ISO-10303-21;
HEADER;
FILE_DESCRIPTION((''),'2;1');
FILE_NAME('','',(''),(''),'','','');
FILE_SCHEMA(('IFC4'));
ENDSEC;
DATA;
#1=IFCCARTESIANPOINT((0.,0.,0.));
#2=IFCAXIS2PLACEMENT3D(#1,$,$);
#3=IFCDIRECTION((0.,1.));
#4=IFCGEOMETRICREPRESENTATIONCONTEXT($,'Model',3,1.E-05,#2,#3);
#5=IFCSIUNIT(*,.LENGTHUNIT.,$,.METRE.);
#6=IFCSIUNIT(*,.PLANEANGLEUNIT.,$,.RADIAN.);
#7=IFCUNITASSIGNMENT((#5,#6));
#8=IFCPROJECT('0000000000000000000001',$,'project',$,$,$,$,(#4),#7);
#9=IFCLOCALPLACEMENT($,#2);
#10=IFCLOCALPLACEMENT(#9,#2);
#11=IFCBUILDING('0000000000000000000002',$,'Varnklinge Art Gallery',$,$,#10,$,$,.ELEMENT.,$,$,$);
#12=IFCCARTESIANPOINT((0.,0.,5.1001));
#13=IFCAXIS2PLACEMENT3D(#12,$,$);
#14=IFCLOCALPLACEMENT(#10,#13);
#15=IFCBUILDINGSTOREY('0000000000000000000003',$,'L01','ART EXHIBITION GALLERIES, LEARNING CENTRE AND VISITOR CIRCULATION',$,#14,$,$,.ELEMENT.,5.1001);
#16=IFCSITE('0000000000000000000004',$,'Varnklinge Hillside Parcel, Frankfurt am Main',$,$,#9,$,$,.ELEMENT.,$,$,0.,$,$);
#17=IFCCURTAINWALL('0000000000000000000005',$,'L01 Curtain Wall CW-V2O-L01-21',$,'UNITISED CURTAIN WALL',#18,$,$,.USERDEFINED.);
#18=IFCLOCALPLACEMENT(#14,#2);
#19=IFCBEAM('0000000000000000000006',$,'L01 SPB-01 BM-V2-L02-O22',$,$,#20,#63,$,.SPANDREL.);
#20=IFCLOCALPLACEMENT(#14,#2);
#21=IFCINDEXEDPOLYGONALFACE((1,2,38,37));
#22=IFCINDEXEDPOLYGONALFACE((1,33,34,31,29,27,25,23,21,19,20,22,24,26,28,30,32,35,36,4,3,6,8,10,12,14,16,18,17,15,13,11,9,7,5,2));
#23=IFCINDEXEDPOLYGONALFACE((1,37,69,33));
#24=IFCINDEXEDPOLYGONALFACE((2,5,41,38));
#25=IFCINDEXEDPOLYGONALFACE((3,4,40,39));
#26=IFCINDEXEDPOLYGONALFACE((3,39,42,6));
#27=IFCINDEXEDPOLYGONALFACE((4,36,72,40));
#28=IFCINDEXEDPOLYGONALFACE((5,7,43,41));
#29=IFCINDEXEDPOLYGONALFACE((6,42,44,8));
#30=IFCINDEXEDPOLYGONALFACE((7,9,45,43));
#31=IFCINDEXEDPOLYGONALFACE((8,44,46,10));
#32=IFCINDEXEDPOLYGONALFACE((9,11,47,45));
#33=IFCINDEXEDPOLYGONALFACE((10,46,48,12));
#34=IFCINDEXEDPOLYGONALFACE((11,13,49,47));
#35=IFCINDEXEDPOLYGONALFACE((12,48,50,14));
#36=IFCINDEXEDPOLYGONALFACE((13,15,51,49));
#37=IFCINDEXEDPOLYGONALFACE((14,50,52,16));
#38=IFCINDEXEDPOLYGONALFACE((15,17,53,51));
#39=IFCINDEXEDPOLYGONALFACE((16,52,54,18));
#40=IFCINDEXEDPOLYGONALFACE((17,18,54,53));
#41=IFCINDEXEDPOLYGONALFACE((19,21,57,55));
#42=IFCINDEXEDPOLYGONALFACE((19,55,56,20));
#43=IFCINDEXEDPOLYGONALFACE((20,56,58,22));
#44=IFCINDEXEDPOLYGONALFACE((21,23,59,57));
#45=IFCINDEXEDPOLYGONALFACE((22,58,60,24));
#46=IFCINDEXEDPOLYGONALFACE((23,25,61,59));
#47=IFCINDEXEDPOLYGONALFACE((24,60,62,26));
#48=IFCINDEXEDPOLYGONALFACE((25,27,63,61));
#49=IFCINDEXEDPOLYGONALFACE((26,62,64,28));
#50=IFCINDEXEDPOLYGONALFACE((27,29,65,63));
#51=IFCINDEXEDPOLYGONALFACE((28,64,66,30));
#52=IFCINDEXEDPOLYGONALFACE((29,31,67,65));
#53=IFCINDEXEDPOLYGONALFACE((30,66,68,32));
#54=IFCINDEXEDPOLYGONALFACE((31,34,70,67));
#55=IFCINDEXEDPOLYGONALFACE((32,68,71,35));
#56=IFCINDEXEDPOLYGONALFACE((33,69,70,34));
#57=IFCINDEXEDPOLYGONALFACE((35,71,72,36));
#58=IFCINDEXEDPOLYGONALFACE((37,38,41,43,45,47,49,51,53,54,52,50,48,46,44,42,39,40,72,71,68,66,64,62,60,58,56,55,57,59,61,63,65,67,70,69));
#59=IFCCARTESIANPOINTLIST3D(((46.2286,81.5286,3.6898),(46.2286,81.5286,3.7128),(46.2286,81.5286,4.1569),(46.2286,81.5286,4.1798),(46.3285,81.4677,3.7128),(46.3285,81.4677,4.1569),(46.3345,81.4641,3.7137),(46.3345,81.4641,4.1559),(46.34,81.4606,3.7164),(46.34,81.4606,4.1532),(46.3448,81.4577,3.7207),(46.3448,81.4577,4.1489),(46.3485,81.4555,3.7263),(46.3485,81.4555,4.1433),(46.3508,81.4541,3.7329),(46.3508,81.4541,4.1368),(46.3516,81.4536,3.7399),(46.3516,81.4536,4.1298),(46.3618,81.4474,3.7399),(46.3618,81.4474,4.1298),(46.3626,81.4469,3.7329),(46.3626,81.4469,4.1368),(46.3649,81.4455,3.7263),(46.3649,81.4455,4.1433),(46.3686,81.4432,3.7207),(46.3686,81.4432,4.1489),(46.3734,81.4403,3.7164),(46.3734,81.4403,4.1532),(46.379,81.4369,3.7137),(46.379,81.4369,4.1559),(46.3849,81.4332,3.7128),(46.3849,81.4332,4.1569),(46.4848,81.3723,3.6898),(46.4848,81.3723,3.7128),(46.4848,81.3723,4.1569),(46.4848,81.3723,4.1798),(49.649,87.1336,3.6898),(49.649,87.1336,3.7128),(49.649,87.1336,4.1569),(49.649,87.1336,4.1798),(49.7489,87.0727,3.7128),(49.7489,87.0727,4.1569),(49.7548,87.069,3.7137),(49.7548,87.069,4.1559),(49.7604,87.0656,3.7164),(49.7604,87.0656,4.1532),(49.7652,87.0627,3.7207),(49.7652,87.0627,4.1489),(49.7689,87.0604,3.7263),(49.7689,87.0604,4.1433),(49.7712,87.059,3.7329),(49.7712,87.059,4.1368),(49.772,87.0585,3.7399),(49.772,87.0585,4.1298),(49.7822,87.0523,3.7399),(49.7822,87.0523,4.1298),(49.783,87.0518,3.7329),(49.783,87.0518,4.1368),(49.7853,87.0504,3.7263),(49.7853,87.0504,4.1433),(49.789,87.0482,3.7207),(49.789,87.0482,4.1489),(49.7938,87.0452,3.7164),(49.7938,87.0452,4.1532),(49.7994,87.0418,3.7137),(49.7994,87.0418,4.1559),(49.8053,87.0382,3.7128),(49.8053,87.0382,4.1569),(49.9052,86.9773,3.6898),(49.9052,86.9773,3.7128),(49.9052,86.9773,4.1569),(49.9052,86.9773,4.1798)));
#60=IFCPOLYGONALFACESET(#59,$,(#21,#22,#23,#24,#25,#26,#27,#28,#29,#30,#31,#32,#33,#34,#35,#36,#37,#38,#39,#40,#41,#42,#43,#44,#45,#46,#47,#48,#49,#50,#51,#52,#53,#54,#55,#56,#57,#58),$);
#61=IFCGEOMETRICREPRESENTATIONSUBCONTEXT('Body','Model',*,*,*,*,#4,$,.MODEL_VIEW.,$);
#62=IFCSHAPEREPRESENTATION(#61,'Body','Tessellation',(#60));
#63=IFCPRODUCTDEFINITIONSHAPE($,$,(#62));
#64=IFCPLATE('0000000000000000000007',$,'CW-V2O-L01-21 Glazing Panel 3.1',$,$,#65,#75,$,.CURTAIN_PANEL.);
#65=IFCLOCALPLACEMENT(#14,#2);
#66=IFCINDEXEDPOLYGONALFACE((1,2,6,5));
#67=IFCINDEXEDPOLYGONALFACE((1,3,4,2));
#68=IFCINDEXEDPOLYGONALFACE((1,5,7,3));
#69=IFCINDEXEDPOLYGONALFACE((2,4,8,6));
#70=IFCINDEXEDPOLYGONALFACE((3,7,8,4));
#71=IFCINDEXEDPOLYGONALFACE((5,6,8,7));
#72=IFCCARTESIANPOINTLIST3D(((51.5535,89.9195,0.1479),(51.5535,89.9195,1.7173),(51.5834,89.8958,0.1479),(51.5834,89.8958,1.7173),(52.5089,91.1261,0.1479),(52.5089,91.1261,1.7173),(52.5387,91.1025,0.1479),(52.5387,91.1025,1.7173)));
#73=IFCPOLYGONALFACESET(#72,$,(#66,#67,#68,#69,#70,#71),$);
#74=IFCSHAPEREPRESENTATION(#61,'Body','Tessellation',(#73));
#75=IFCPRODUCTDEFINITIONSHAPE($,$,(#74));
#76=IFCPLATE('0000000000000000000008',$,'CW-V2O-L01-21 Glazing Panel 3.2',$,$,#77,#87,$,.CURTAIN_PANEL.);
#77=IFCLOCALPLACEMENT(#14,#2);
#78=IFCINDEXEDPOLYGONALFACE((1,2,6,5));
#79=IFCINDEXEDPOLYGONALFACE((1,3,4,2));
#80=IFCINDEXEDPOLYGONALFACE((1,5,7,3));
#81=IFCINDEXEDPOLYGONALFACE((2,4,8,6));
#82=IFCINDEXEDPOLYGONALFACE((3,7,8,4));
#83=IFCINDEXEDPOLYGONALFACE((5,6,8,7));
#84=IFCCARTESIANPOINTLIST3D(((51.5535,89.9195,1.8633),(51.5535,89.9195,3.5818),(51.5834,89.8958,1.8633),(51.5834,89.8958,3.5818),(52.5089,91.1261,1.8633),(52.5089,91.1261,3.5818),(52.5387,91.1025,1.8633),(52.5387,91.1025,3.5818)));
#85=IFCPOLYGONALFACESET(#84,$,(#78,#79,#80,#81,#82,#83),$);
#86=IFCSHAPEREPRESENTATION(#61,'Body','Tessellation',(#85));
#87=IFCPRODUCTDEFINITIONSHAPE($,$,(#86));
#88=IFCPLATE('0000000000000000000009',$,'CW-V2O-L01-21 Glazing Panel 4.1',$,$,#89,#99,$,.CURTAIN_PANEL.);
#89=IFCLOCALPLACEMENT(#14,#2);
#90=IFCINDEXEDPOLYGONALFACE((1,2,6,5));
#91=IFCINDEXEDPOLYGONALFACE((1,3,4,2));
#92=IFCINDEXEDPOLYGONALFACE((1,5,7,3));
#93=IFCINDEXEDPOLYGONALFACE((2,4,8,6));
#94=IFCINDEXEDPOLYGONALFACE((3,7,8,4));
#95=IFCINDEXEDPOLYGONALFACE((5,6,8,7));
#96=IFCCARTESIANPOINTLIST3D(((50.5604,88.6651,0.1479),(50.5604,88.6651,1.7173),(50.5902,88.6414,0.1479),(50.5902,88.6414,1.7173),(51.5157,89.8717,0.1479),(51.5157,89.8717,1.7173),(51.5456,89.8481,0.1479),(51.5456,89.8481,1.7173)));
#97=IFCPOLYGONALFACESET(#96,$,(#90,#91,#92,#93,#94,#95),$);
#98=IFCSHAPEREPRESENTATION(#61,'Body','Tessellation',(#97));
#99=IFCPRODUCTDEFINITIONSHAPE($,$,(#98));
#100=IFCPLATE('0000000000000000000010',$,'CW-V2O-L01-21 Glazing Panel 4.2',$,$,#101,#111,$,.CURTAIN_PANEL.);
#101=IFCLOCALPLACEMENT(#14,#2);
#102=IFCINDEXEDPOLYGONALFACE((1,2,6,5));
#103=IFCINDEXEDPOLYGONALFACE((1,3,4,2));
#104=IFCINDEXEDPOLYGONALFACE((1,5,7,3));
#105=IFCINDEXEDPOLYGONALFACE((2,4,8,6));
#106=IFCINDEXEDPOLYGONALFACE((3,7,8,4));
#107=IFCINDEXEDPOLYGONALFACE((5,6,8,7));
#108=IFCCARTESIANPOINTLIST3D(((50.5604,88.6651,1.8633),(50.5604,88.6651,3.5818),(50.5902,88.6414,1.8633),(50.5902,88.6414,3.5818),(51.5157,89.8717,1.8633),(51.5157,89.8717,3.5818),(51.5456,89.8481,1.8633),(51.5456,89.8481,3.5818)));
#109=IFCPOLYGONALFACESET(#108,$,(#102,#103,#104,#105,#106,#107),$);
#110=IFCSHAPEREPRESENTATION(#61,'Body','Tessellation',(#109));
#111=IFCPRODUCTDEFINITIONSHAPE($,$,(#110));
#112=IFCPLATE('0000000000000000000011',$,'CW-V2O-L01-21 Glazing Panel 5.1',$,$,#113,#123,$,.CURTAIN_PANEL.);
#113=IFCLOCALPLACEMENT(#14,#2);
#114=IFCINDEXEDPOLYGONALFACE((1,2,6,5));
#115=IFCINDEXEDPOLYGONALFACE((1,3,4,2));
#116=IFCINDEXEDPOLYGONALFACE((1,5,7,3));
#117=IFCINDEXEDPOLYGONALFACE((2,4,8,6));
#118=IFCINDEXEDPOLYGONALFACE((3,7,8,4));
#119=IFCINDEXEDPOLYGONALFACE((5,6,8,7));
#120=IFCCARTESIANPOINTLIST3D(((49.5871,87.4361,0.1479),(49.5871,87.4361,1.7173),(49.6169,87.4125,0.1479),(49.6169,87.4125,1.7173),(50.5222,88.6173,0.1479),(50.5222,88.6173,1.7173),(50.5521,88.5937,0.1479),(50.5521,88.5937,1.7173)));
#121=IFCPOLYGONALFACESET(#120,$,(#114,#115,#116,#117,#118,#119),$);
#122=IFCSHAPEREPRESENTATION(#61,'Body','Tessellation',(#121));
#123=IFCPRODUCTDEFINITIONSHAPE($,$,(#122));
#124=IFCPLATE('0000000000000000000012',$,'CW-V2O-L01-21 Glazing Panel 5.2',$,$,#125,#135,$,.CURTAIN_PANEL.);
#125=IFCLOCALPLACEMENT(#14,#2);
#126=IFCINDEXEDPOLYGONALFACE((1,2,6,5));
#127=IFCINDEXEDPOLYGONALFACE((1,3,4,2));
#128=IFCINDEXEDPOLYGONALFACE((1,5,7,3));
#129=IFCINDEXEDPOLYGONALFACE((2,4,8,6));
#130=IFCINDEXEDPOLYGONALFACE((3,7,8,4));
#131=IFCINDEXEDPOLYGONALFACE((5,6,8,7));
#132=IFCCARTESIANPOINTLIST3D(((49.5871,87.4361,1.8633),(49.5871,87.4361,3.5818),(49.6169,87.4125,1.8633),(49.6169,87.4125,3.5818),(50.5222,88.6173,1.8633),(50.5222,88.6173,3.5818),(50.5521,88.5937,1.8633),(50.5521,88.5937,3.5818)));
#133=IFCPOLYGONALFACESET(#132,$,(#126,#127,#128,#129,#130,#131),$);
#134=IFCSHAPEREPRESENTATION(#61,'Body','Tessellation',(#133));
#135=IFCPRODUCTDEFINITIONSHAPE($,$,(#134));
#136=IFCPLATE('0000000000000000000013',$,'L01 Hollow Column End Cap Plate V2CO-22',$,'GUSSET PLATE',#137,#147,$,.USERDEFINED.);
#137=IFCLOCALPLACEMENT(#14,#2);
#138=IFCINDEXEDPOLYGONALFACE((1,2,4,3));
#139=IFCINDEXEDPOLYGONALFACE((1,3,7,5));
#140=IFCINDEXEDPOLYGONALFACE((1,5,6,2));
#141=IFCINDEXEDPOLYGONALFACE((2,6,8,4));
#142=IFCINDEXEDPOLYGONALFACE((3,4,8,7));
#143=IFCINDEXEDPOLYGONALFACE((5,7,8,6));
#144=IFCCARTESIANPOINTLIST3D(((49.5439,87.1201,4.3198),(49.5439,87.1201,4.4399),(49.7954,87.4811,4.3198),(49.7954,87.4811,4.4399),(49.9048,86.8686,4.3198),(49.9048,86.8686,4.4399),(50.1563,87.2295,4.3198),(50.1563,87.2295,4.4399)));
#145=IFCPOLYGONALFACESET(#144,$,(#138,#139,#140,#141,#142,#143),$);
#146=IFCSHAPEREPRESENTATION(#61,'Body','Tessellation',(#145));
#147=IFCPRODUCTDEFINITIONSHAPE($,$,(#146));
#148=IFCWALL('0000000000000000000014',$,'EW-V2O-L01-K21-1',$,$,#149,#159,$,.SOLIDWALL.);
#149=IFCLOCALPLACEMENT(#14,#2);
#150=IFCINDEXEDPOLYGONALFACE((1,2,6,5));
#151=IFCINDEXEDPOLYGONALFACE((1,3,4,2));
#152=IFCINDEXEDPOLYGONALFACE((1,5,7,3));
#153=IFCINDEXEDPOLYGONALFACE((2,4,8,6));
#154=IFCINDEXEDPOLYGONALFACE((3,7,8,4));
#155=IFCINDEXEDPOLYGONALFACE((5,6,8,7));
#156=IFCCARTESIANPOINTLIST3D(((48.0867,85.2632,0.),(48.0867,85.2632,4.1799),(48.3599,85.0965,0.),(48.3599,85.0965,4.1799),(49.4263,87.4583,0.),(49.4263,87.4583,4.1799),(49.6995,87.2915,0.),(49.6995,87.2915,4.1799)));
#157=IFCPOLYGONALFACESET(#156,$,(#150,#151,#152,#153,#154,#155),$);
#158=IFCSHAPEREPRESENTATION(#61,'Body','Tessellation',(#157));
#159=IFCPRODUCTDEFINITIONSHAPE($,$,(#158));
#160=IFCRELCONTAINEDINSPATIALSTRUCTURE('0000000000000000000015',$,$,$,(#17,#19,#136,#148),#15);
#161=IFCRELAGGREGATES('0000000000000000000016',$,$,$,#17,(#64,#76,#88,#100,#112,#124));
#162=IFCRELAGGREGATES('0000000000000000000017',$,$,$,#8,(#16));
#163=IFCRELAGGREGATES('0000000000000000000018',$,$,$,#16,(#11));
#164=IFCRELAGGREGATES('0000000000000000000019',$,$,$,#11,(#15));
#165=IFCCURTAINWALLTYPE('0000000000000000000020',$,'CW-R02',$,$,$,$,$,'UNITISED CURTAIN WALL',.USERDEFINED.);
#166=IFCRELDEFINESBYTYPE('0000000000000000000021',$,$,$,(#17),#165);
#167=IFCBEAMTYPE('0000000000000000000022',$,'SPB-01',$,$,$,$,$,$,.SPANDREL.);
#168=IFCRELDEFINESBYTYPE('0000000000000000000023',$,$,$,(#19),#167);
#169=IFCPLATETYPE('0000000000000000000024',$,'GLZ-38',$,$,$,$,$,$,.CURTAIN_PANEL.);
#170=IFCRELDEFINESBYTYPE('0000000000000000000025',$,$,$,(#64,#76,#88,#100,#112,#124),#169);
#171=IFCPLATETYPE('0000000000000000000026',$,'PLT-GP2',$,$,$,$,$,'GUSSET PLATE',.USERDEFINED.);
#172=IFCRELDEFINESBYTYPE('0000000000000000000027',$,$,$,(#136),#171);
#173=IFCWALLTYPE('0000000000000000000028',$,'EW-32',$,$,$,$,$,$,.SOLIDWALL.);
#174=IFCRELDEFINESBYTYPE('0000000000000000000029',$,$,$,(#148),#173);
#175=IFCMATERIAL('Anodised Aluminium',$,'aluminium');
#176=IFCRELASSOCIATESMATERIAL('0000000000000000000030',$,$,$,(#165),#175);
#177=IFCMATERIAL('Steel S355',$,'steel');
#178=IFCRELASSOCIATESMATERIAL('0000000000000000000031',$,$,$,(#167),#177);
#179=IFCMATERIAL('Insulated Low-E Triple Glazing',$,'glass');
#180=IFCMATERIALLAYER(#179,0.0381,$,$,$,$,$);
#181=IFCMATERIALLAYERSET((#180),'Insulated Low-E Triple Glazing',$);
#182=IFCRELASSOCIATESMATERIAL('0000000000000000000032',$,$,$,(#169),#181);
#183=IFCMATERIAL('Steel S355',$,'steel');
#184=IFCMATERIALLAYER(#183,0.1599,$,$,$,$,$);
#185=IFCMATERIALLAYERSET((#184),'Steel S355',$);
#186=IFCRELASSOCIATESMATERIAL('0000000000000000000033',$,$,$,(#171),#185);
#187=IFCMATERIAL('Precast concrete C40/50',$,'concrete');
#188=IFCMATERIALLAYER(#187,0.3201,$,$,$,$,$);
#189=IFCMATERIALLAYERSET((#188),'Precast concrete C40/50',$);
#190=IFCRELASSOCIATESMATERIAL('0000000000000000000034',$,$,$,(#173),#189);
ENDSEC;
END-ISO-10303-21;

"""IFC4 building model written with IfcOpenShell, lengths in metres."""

from ifc_helpers import new_model, si_unit, direction, frame, frame_2d, origin, origin_2d, place, context, subcontext, project, spatial, rectangle, i_section, extrude, material, layer, layer_set, material_profile, profile_set, type_object, element, aggregate, save


model = new_model("IFC4")

# Units and contexts
model_context = context("Model", 3, precision=1e-05, world=origin(), true_north=direction((0.0, 1.0)))
body_context = subcontext(model_context, "Body", "Model", "MODEL_VIEW")
ifc_project = project(units=[si_unit("LENGTHUNIT", "METRE"), si_unit("PLANEANGLEUNIT", "RADIAN")], contexts=[model_context])

# Site, building, storey
site_placement = place(None, origin())
site = spatial("IfcSite", under=ifc_project, at=site_placement, Name="Varnklinge Hillside Parcel, Frankfurt am Main", CompositionType="ELEMENT", RefElevation=0.0)
building_placement = place(site_placement, origin())
building = spatial("IfcBuilding", under=site, at=building_placement, Name="Varnklinge Art Gallery", CompositionType="ELEMENT")
storey_placement = place(building_placement, frame((0.0, 0.0, 5.1001)))
storey = spatial("IfcBuildingStorey", under=building, at=storey_placement, Name="L01", Description="ART EXHIBITION GALLERIES, LEARNING CENTRE AND VISITOR CIRCULATION", CompositionType="ELEMENT", Elevation=5.1001)

# Curtain wall
ifc_material_1 = material(Name="Anodised Aluminium", Category="aluminium")
curtain_wall_type = type_object("IfcCurtainWallType", Name="CW-R02", ElementType="UNITISED CURTAIN WALL", PredefinedType="USERDEFINED", material=ifc_material_1)
curtain_wall_placement = place(storey_placement, origin())
curtain_wall = element("IfcCurtainWall", 1, at=curtain_wall_placement, inside=storey, type_object=curtain_wall_type, Name="L01 Curtain Wall CW-V2O-L01-21", ObjectType="UNITISED CURTAIN WALL", PredefinedType="USERDEFINED")

# Beam
ifc_material_2 = material(Name="Steel S355", Category="steel")
ifc_material_profile_1 = material_profile(ifc_material_2, i_section(OverallWidth=0.3, OverallDepth=0.49, WebThickness=0.012, FlangeThickness=0.0229, FilletRadius=0.0271, at=origin_2d()), Name="HEA 500")
ifc_profile_set_1 = profile_set([ifc_material_profile_1], Name="Steel S355")
beam_type_1 = type_object("IfcBeamType", Name="SPB-01", PredefinedType="SPANDREL", material=ifc_profile_set_1)
beam_1_placement = place(storey_placement, frame((49.7771, 87.0554, 3.9348), z_axis=(-0.520911, -0.853611, 0.0), x_axis=(0.853611, -0.520911, 0.0)))
element("IfcBeam", 2, at=beam_1_placement, inside=storey, type_object=beam_type_1, Name="L01 SPB-01 BM-V2-L02-O22", PredefinedType="SPANDREL", context=body_context, shape_type="SweptSolid", body=[
    extrude(i_section(OverallWidth=0.3, OverallDepth=0.49, WebThickness=0.012, FlangeThickness=0.0229, FilletRadius=0.0271, at=origin_2d()), origin(), (0.0, 0.0, 1.0), 6.5662),
])

# Plates
ifc_material_3 = material(Name="Insulated Low-E Triple Glazing", Category="glass")
ifc_layer_1 = layer(ifc_material_3, 0.0381)
ifc_layer_set_1 = layer_set([ifc_layer_1], Name="Insulated Low-E Triple Glazing")
plate_type_1 = type_object("IfcPlateType", Name="GLZ-38", PredefinedType="CURTAIN_PANEL", material=ifc_layer_set_1)
plate_1_placement = place(storey_placement, frame((52.0461, 90.511, 0.1479), z_axis=(0.0, 0.0, 1.0), x_axis=(-0.620737, -0.784019, 0.0)))
plate_1 = element("IfcPlate", 3, at=plate_1_placement, type_object=plate_type_1, Name="CW-V2O-L01-21 Glazing Panel 3.1", PredefinedType="CURTAIN_PANEL", context=body_context, shape_type="SweptSolid", body=[
    extrude(rectangle(XDim=1.5391, YDim=0.0381, at=origin_2d()), origin(), (0.0, 0.0, 1.0), 1.5693),
])
plate_2_placement = place(storey_placement, frame((52.0461, 90.511, 1.8633), z_axis=(0.0, 0.0, 1.0), x_axis=(-0.620737, -0.784019, 0.0)))
plate_2 = element("IfcPlate", 4, at=plate_2_placement, type_object=plate_type_1, Name="CW-V2O-L01-21 Glazing Panel 3.2", PredefinedType="CURTAIN_PANEL", context=body_context, shape_type="SweptSolid", body=[
    extrude(rectangle(XDim=1.5391, YDim=0.0381, at=origin_2d()), origin(), (0.0, 0.0, 1.0), 1.7185),
])
plate_3_placement = place(storey_placement, frame((51.053, 89.2566, 0.1479), z_axis=(0.0, 0.0, 1.0), x_axis=(-0.620737, -0.784019, 0.0)))
plate_3 = element("IfcPlate", 5, at=plate_3_placement, type_object=plate_type_1, Name="CW-V2O-L01-21 Glazing Panel 4.1", PredefinedType="CURTAIN_PANEL", context=body_context, shape_type="SweptSolid", body=[
    extrude(rectangle(XDim=1.5391, YDim=0.0381, at=origin_2d()), origin(), (0.0, 0.0, 1.0), 1.5693),
])
plate_4_placement = place(storey_placement, frame((51.053, 89.2566, 1.8633), z_axis=(0.0, 0.0, 1.0), x_axis=(-0.620737, -0.784019, 0.0)))
plate_4 = element("IfcPlate", 6, at=plate_4_placement, type_object=plate_type_1, Name="CW-V2O-L01-21 Glazing Panel 4.2", PredefinedType="CURTAIN_PANEL", context=body_context, shape_type="SweptSolid", body=[
    extrude(rectangle(XDim=1.5391, YDim=0.0381, at=origin_2d()), origin(), (0.0, 0.0, 1.0), 1.7185),
])
plate_5_placement = place(storey_placement, frame((50.0696, 88.0149, 0.1479), z_axis=(0.0, 0.0, 1.0), x_axis=(-0.620737, -0.784019, 0.0)))
plate_5 = element("IfcPlate", 7, at=plate_5_placement, type_object=plate_type_1, Name="CW-V2O-L01-21 Glazing Panel 5.1", PredefinedType="CURTAIN_PANEL", context=body_context, shape_type="SweptSolid", body=[
    extrude(rectangle(XDim=1.5066, YDim=0.0381, at=origin_2d()), origin(), (0.0, 0.0, 1.0), 1.5693),
])
plate_6_placement = place(storey_placement, frame((50.0696, 88.0149, 1.8633), z_axis=(0.0, 0.0, 1.0), x_axis=(-0.620737, -0.784019, 0.0)))
plate_6 = element("IfcPlate", 8, at=plate_6_placement, type_object=plate_type_1, Name="CW-V2O-L01-21 Glazing Panel 5.2", PredefinedType="CURTAIN_PANEL", context=body_context, shape_type="SweptSolid", body=[
    extrude(rectangle(XDim=1.5066, YDim=0.0381, at=origin_2d()), origin(), (0.0, 0.0, 1.0), 1.7185),
])
aggregate(curtain_wall, [plate_1, plate_2, plate_3, plate_4, plate_5, plate_6])
ifc_material_4 = material(Name="Steel S355", Category="steel")
ifc_layer_2 = layer(ifc_material_4, 0.1599)
ifc_layer_set_2 = layer_set([ifc_layer_2], Name="Steel S355")
plate_type_2 = type_object("IfcPlateType", Name="PLT-GP2", ElementType="GUSSET PLATE", PredefinedType="USERDEFINED", material=ifc_layer_set_2)
plate_7_placement = place(storey_placement, frame((49.8501, 87.1748, 4.3198), z_axis=(0.0, 0.0, 1.0), x_axis=(0.820352, -0.57186, 0.0)))
element("IfcPlate", 9, at=plate_7_placement, inside=storey, type_object=plate_type_2, Name="L01 Hollow Column End Cap Plate V2CO-22", ObjectType="GUSSET PLATE", PredefinedType="USERDEFINED", context=body_context, shape_type="SweptSolid", body=[
    extrude(rectangle(XDim=0.4399, YDim=0.4399, at=origin_2d()), origin(), (0.0, 0.0, 1.0), 0.1201),
])

# Wall
ifc_material_5 = material(Name="Precast concrete C40/50", Category="concrete")
ifc_layer_3 = layer(ifc_material_5, 0.3201)
ifc_layer_set_3 = layer_set([ifc_layer_3], Name="Precast concrete C40/50")
wall_type_1 = type_object("IfcWallType", Name="EW-32", PredefinedType="SOLIDWALL", material=ifc_layer_set_3)
wall_1_placement = place(storey_placement, frame((48.2234, 85.1799, 0.0), z_axis=(0.0, 0.0, 1.0), x_axis=(0.520931, 0.853598, 0.0)))
element("IfcWall", 10, at=wall_1_placement, inside=storey, type_object=wall_type_1, Name="EW-V2O-L01-K21-1", PredefinedType="SOLIDWALL", context=body_context, shape_type="SweptSolid", body=[
    extrude(rectangle(XDim=2.5715, YDim=0.3201, at=frame_2d((1.2856, 0.0))), origin(), (0.0, 0.0, 1.0), 4.1799),
])

save(model, "model.ifc")
